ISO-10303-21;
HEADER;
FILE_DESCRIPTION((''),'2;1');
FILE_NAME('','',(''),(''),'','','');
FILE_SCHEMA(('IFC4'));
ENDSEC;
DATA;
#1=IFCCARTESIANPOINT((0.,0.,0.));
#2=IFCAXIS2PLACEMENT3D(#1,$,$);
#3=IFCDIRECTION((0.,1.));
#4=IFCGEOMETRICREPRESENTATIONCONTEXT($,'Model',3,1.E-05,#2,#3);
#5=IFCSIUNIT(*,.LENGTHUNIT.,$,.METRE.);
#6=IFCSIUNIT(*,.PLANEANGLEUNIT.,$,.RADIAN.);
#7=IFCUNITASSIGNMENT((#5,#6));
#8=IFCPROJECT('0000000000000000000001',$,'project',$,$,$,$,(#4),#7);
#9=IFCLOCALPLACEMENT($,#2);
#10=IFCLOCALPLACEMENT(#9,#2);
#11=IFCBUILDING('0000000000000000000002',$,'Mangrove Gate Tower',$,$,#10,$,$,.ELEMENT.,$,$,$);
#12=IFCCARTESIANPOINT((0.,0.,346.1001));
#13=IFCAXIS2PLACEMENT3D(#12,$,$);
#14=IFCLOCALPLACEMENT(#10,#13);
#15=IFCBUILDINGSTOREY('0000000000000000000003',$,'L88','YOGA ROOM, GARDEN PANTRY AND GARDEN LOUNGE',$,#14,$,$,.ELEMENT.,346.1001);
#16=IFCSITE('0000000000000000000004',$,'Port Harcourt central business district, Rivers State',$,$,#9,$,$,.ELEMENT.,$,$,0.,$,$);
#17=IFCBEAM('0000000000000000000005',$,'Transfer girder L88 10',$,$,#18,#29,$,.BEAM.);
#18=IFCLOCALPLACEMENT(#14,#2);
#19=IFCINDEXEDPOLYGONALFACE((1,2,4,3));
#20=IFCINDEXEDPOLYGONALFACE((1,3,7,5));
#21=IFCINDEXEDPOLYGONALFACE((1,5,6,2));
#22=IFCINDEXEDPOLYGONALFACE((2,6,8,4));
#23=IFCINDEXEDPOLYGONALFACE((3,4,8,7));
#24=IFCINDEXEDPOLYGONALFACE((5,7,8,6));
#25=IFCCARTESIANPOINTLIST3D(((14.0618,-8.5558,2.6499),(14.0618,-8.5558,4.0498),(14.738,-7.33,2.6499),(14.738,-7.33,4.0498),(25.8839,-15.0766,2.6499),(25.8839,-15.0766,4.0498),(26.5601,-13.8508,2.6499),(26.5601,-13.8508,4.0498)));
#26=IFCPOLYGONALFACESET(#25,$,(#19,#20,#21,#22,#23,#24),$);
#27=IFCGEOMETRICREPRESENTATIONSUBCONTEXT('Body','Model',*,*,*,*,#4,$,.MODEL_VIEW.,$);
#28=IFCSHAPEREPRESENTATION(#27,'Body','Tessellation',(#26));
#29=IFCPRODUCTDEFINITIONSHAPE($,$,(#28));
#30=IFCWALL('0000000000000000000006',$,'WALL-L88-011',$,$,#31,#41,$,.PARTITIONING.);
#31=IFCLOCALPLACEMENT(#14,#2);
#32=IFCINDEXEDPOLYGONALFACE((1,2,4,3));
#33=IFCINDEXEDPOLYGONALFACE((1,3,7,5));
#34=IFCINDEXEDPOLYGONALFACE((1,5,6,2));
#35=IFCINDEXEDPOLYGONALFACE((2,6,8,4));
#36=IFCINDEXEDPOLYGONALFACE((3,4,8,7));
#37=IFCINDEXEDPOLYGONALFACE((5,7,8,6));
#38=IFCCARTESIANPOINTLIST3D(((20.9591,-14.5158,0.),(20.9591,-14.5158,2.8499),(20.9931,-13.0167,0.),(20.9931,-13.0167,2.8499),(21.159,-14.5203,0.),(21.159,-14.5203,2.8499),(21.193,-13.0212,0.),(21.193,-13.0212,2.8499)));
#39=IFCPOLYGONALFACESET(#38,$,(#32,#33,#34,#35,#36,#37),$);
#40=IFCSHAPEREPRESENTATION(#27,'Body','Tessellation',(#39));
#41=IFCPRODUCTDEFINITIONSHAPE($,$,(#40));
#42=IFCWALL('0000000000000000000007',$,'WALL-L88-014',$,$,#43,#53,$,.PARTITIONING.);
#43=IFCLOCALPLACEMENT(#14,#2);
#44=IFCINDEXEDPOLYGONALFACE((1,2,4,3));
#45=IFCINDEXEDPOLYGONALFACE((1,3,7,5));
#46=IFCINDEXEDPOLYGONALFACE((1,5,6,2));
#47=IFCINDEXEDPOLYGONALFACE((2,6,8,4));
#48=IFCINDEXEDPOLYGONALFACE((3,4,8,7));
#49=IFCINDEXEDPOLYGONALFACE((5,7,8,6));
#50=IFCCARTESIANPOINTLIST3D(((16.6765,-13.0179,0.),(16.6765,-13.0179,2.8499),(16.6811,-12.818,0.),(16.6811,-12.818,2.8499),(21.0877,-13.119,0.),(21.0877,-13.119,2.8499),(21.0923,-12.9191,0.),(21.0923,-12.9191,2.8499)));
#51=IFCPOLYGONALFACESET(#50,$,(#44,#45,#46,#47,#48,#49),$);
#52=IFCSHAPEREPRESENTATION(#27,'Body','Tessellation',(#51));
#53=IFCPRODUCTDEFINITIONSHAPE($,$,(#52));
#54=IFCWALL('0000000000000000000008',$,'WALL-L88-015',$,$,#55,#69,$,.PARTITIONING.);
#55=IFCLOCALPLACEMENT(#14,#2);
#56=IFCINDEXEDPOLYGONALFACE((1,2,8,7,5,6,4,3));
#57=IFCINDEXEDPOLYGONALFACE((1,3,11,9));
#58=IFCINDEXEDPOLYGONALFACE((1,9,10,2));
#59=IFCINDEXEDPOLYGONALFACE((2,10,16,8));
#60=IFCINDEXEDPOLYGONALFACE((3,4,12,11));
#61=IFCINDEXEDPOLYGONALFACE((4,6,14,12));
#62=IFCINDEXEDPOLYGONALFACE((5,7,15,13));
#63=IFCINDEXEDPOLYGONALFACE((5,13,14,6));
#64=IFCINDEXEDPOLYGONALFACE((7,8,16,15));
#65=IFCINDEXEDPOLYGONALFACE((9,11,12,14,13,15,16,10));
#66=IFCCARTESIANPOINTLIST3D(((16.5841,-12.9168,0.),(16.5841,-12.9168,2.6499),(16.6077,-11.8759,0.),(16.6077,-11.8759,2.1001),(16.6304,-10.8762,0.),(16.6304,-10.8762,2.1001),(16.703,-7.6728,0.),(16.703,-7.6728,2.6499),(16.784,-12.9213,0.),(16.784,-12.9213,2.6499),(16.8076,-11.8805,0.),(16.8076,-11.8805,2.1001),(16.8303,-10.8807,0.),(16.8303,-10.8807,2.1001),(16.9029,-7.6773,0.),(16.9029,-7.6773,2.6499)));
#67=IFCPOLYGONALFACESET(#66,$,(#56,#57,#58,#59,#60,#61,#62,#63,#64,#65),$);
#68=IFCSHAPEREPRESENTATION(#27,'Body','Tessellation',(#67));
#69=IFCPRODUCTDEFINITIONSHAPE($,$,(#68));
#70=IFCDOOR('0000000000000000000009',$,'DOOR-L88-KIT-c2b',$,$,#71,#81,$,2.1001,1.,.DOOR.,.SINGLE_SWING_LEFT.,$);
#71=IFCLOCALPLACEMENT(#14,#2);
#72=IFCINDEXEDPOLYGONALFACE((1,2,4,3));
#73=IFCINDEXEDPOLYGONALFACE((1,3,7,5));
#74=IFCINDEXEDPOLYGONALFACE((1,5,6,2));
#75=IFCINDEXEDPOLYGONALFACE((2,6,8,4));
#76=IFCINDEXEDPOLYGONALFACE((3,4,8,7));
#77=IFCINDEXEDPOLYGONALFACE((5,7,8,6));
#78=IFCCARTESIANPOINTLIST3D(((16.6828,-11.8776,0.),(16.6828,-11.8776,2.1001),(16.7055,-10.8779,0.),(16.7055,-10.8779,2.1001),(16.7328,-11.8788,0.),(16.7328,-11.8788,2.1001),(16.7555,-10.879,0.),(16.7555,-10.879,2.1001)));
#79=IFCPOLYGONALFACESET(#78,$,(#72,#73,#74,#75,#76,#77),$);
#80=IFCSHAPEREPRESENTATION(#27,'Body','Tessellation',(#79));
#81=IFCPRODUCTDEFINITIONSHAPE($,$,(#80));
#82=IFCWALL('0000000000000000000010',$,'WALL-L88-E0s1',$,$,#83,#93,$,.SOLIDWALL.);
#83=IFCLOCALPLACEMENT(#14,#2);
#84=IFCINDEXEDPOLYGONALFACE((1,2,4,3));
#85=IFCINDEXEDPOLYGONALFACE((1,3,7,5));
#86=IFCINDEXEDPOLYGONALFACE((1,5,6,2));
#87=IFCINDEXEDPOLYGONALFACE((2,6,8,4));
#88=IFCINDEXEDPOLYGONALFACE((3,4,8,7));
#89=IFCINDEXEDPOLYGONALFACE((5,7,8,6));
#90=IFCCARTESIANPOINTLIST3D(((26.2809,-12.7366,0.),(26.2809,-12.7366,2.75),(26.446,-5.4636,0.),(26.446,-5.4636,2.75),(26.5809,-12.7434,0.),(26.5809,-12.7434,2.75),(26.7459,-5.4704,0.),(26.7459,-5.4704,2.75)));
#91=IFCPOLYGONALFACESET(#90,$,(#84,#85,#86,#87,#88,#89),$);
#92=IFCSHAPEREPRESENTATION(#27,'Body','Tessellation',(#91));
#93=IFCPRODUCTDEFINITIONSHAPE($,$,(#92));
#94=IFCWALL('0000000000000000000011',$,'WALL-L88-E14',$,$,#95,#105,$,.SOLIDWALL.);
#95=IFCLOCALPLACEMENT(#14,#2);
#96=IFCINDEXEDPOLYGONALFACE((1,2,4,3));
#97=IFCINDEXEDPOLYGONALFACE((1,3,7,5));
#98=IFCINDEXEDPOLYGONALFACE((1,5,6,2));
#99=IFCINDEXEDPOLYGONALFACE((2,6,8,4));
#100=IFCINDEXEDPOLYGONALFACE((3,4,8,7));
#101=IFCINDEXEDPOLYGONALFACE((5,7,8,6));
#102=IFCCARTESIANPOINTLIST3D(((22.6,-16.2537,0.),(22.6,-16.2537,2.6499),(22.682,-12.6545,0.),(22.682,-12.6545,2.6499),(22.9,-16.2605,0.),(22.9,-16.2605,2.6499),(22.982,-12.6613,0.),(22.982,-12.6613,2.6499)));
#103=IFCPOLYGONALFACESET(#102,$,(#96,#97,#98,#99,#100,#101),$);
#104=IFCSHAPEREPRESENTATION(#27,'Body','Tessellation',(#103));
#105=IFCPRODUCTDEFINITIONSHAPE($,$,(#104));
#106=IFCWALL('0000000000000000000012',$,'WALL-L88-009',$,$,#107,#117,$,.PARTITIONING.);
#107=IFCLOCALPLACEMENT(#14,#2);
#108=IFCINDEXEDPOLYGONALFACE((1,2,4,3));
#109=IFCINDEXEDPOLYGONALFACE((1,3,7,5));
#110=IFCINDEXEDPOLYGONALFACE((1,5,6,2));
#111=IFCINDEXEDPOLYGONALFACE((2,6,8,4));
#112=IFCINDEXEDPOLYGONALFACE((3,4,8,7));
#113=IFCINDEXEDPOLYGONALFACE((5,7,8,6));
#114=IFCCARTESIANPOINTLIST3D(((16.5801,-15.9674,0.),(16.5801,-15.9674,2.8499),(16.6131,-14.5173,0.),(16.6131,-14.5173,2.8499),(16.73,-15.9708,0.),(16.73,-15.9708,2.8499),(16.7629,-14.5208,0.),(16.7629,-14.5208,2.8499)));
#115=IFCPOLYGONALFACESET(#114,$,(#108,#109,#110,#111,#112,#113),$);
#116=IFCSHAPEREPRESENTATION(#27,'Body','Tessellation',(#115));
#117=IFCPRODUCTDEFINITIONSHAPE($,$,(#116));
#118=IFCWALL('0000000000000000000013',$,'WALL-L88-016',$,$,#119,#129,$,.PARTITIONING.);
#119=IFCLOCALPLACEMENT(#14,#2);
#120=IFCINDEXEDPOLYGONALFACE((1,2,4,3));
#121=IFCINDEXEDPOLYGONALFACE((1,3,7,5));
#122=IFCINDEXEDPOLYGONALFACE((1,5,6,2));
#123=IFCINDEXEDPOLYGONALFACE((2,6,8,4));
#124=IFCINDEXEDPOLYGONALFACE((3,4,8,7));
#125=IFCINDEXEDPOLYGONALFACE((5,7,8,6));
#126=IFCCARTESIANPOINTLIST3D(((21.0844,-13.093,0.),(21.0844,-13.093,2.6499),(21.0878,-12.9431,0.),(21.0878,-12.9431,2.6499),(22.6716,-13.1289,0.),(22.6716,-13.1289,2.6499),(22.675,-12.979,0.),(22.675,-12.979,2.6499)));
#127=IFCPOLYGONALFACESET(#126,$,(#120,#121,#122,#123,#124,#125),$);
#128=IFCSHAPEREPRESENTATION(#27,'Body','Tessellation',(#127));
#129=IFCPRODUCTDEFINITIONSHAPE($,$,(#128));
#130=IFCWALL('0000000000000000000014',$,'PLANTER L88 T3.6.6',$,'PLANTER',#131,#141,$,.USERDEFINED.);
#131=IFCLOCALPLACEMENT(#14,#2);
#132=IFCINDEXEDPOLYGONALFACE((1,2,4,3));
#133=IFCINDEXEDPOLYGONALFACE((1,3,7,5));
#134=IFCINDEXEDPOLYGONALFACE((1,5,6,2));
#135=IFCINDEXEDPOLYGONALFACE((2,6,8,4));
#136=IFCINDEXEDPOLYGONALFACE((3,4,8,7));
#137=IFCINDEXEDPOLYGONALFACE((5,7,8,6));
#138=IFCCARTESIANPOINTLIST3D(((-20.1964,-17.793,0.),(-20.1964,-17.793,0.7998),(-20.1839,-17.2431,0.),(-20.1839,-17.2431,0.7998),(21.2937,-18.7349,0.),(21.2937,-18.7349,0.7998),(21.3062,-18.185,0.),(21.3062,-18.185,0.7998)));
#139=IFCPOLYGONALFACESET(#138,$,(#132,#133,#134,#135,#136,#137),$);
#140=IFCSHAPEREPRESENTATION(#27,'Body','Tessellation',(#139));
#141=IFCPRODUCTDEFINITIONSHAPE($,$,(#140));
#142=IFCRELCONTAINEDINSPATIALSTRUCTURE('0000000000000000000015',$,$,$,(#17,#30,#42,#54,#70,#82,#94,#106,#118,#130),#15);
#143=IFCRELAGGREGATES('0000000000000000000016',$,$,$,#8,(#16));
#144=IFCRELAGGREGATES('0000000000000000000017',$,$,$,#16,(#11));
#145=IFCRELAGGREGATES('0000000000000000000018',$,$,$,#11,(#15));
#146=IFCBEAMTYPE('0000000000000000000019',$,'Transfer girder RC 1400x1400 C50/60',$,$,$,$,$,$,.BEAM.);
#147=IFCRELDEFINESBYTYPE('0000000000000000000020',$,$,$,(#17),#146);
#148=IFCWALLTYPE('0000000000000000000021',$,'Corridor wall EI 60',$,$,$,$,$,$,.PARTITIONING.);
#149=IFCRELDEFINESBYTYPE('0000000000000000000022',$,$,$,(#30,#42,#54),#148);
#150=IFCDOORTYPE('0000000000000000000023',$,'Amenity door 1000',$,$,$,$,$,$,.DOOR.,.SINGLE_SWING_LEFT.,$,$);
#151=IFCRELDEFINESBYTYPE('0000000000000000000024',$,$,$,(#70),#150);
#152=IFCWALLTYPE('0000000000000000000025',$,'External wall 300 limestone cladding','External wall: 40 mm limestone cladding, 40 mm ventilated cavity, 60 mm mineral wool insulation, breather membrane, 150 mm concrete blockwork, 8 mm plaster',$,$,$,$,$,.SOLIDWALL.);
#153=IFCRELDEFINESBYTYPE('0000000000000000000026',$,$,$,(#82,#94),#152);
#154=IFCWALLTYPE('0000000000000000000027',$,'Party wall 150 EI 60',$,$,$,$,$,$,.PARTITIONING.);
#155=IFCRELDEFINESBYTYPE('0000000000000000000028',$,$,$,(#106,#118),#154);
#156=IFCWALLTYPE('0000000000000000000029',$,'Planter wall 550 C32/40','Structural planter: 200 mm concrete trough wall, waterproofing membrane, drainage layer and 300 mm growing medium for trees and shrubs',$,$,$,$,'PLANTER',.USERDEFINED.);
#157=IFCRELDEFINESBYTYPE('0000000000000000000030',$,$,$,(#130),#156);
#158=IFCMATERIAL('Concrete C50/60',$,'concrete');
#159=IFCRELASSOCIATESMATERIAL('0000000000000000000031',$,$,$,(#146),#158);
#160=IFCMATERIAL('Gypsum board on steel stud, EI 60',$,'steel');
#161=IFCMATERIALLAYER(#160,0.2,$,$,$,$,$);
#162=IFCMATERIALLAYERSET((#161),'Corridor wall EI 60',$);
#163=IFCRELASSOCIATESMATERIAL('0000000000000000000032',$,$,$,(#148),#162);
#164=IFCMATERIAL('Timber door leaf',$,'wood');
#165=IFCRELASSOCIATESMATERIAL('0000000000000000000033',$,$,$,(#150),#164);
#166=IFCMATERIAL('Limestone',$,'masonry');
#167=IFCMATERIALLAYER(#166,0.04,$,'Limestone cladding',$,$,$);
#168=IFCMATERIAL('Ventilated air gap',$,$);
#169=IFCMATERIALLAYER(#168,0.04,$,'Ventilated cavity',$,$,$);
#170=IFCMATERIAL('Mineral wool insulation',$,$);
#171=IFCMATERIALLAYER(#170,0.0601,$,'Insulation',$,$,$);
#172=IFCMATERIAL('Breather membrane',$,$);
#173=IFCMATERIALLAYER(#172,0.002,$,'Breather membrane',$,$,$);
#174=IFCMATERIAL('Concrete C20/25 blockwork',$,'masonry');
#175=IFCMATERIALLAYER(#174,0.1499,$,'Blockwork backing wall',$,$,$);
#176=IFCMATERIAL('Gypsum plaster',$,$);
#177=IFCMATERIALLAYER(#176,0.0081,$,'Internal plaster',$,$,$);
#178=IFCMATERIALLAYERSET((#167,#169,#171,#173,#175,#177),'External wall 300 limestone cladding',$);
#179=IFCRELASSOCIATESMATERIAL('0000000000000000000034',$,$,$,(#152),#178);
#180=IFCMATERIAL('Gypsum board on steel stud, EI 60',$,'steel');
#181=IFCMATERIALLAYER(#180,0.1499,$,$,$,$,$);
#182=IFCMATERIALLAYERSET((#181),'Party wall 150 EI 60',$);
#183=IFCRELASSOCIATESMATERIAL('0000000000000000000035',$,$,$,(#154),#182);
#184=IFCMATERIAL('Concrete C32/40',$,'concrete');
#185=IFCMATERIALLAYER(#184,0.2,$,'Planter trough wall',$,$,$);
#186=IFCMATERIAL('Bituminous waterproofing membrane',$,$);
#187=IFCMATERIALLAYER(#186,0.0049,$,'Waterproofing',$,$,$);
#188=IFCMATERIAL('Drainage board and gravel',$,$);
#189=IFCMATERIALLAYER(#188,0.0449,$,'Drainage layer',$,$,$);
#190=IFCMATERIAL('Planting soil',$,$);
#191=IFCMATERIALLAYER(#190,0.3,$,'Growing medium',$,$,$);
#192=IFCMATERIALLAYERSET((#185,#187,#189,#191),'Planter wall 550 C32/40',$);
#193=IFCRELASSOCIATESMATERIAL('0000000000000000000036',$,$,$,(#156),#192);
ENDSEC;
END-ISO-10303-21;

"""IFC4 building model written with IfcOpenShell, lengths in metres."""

from ifc_helpers import new_model, si_unit, direction, frame, frame_2d, origin, origin_2d, place, context, subcontext, project, spatial, rectangle, extrude, material, layer, layer_set, material_profile, profile_set, type_object, element, fill, save


model = new_model("IFC4")

# Units and contexts
model_context = context("Model", 3, precision=1e-05, world=origin(), true_north=direction((0.0, 1.0)))
body_context = subcontext(model_context, "Body", "Model", "MODEL_VIEW")
ifc_project = project(units=[si_unit("LENGTHUNIT", "METRE"), si_unit("PLANEANGLEUNIT", "RADIAN")], contexts=[model_context])

# Site, building, storey
site_placement = place(None, origin())
site = spatial("IfcSite", under=ifc_project, at=site_placement, Name="Port Harcourt central business district, Rivers State", CompositionType="ELEMENT", RefElevation=0.0)
building_placement = place(site_placement, origin())
building = spatial("IfcBuilding", under=site, at=building_placement, Name="Mangrove Gate Tower", CompositionType="ELEMENT")
storey_placement = place(building_placement, frame((0.0, 0.0, 346.1001)))
storey = spatial("IfcBuildingStorey", under=building, at=storey_placement, Name="L88", Description="YOGA ROOM, GARDEN PANTRY AND GARDEN LOUNGE", CompositionType="ELEMENT", Elevation=346.1001)

# Beam
ifc_material_1 = material(Name="Concrete C50/60", Category="concrete")
ifc_material_profile_1 = material_profile(ifc_material_1, rectangle(XDim=1.3999, YDim=1.3999, at=origin_2d()))
ifc_profile_set_1 = profile_set([ifc_material_profile_1], Name="Concrete C50/60")
beam_type_1 = type_object("IfcBeamType", Name="Transfer girder RC 1400x1400 C50/60", PredefinedType="BEAM", material=ifc_profile_set_1)
beam_1_placement = place(storey_placement, frame((14.3999, -7.9429, 3.3499), z_axis=(0.875632, -0.482978, 0.0), x_axis=(0.482978, 0.875632, 0.0)))
element("IfcBeam", 1, at=beam_1_placement, inside=storey, type_object=beam_type_1, Name="Transfer girder L88 10", PredefinedType="BEAM", context=body_context, shape_type="SweptSolid", body=[
    extrude(rectangle(XDim=1.3999, YDim=1.3999, at=origin_2d()), origin(), (0.0, 0.0, 1.0), 13.5012),
])

# Walls
ifc_material_2 = material(Name="Gypsum board on steel stud, EI 60", Category="steel")
ifc_layer_1 = layer(ifc_material_2, 0.2)
ifc_layer_set_1 = layer_set([ifc_layer_1], Name="Corridor wall EI 60")
wall_type_1 = type_object("IfcWallType", Name="Corridor wall EI 60", PredefinedType="PARTITIONING", material=ifc_layer_set_1)
wall_1_placement = place(storey_placement, frame((21.0591, -14.5181, 0.0), z_axis=(0.0, 0.0, 1.0), x_axis=(0.022633, 0.999744, 0.0)))
element("IfcWall", 2, at=wall_1_placement, inside=storey, type_object=wall_type_1, Name="WALL-L88-011", PredefinedType="PARTITIONING", context=body_context, shape_type="SweptSolid", body=[
    extrude(rectangle(XDim=1.4995, YDim=0.2, at=frame_2d((0.7498, 0.0))), origin(), (0.0, 0.0, 1.0), 2.8499),
])
wall_2_placement = place(storey_placement, frame((16.679, -12.918, 0.0), z_axis=(0.0, 0.0, 1.0), x_axis=(0.999738, -0.022907, 0.0)))
element("IfcWall", 3, at=wall_2_placement, inside=storey, type_object=wall_type_1, Name="WALL-L88-014", PredefinedType="PARTITIONING", context=body_context, shape_type="SweptSolid", body=[
    extrude(rectangle(XDim=4.4124, YDim=0.2, at=frame_2d((2.2061, 0.0))), origin(), (0.0, 0.0, 1.0), 2.8499),
])

# Wall, opening, door
wall_3_placement = place(storey_placement, frame((16.6841, -12.9189, 0.0), z_axis=(0.0, 0.0, 1.0), x_axis=(0.022667, 0.999743, 0.0)))
wall_3 = element("IfcWall", 4, at=wall_3_placement, inside=storey, type_object=wall_type_1, Name="WALL-L88-015", PredefinedType="PARTITIONING", context=body_context, shape_type="SweptSolid", body=[
    extrude(rectangle(XDim=5.2454, YDim=0.2, at=frame_2d((2.6226, 0.0))), origin(), (0.0, 0.0, 1.0), 2.6499),
])
opening_1_placement = place(wall_3_placement, frame((1.041, 0.0, 0.0)))
opening_1 = element("IfcOpeningElement", 5, at=opening_1_placement, cuts=wall_3, PredefinedType="OPENING", context=body_context, shape_type="SweptSolid", body=[
    extrude(rectangle(XDim=1.0, YDim=2.1001, at=frame_2d((0.5, 1.05))), frame((0.0, 0.1099, 0.0), z_axis=(0.0, -1.0, 0.0), x_axis=(1.0, 0.0, 0.0)), (0.0, 0.0, 1.0), 0.22),
])
ifc_material_3 = material(Name="Timber door leaf", Category="wood")
door_type_1 = type_object("IfcDoorType", Name="Amenity door 1000", OperationType="SINGLE_SWING_LEFT", PredefinedType="DOOR", material=ifc_material_3)
door_1_placement = place(opening_1_placement, origin())
door_1 = element("IfcDoor", 6, at=door_1_placement, inside=storey, type_object=door_type_1, Name="DOOR-L88-KIT-c2b", OperationType="SINGLE_SWING_LEFT", OverallHeight=2.1001, OverallWidth=1.0, PredefinedType="DOOR", context=body_context, shape_type="SweptSolid", body=[
    extrude(rectangle(XDim=1.0, YDim=2.1001, at=frame_2d((0.5, 1.05))), frame((0.0, 0.0249, 0.0), z_axis=(0.0, -1.0, 0.0), x_axis=(1.0, 0.0, 0.0)), (0.0, 0.0, 1.0), 0.05),
])
fill(opening_1, door_1)

# Walls
ifc_material_4 = material(Name="Limestone", Category="masonry")
ifc_layer_2 = layer(ifc_material_4, 0.04, Name="Limestone cladding")
ifc_material_5 = material(Name="Ventilated air gap")
ifc_layer_3 = layer(ifc_material_5, 0.04, Name="Ventilated cavity")
ifc_material_6 = material(Name="Mineral wool insulation")
ifc_layer_4 = layer(ifc_material_6, 0.0601, Name="Insulation")
ifc_material_7 = material(Name="Breather membrane")
ifc_layer_5 = layer(ifc_material_7, 0.002, Name="Breather membrane")
ifc_material_8 = material(Name="Concrete C20/25 blockwork", Category="masonry")
ifc_layer_6 = layer(ifc_material_8, 0.1499, Name="Blockwork backing wall")
ifc_material_9 = material(Name="Gypsum plaster")
ifc_layer_7 = layer(ifc_material_9, 0.0081, Name="Internal plaster")
ifc_layer_set_2 = layer_set([ifc_layer_2, ifc_layer_3, ifc_layer_4, ifc_layer_5, ifc_layer_6, ifc_layer_7], Name="External wall 300 limestone cladding")
wall_type_2 = type_object("IfcWallType", Name="External wall 300 limestone cladding", Description="External wall: 40 mm limestone cladding, 40 mm ventilated cavity, 60 mm mineral wool insulation, breather membrane, 150 mm concrete blockwork, 8 mm plaster", PredefinedType="SOLIDWALL", material=ifc_layer_set_2)
wall_4_placement = place(storey_placement, frame((26.4309, -12.74, 0.0), z_axis=(0.0, 0.0, 1.0), x_axis=(0.022686, 0.999743, 0.0)))
element("IfcWall", 7, at=wall_4_placement, inside=storey, type_object=wall_type_2, Name="WALL-L88-E0s1", PredefinedType="SOLIDWALL", context=body_context, shape_type="SweptSolid", body=[
    extrude(rectangle(XDim=7.2749, YDim=0.3, at=frame_2d((3.6375, 0.0))), origin(), (0.0, 0.0, 1.0), 2.75),
])
wall_5_placement = place(storey_placement, frame((22.75, -16.2571, 0.0), z_axis=(0.0, 0.0, 1.0), x_axis=(0.022786, 0.99974, 0.0)))
element("IfcWall", 8, at=wall_5_placement, inside=storey, type_object=wall_type_2, Name="WALL-L88-E14", PredefinedType="SOLIDWALL", context=body_context, shape_type="SweptSolid", body=[
    extrude(rectangle(XDim=3.6001, YDim=0.3, at=frame_2d((1.8, 0.0))), origin(), (0.0, 0.0, 1.0), 2.6499),
])

# Walls
ifc_material_10 = material(Name="Gypsum board on steel stud, EI 60", Category="steel")
ifc_layer_8 = layer(ifc_material_10, 0.1499)
ifc_layer_set_3 = layer_set([ifc_layer_8], Name="Party wall 150 EI 60")
wall_type_3 = type_object("IfcWallType", Name="Party wall 150 EI 60", PredefinedType="PARTITIONING", material=ifc_layer_set_3)
wall_6_placement = place(storey_placement, frame((16.655, -15.969, 0.0), z_axis=(0.0, 0.0, 1.0), x_axis=(0.022725, 0.999742, 0.0)))
element("IfcWall", 9, at=wall_6_placement, inside=storey, type_object=wall_type_3, Name="WALL-L88-009", PredefinedType="PARTITIONING", context=body_context, shape_type="SweptSolid", body=[
    extrude(rectangle(XDim=1.4504, YDim=0.1499, at=frame_2d((0.7251, 0.0))), origin(), (0.0, 0.0, 1.0), 2.8499),
])
wall_7_placement = place(storey_placement, frame((21.0859, -13.0181, 0.0), z_axis=(0.0, 0.0, 1.0), x_axis=(0.999744, -0.022606, 0.0)))
element("IfcWall", 10, at=wall_7_placement, inside=storey, type_object=wall_type_3, Name="WALL-L88-016", PredefinedType="PARTITIONING", context=body_context, shape_type="SweptSolid", body=[
    extrude(rectangle(XDim=1.5876, YDim=0.1499, at=frame_2d((0.7939, 0.0))), origin(), (0.0, 0.0, 1.0), 2.6499),
])
ifc_material_11 = material(Name="Concrete C32/40", Category="concrete")
ifc_layer_9 = layer(ifc_material_11, 0.2, Name="Planter trough wall")
ifc_material_12 = material(Name="Bituminous waterproofing membrane")
ifc_layer_10 = layer(ifc_material_12, 0.0049, Name="Waterproofing")
ifc_material_13 = material(Name="Drainage board and gravel")
ifc_layer_11 = layer(ifc_material_13, 0.0449, Name="Drainage layer")
ifc_material_14 = material(Name="Planting soil")
ifc_layer_12 = layer(ifc_material_14, 0.3, Name="Growing medium")
ifc_layer_set_4 = layer_set([ifc_layer_9, ifc_layer_10, ifc_layer_11, ifc_layer_12], Name="Planter wall 550 C32/40")
wall_type_4 = type_object("IfcWallType", Name="Planter wall 550 C32/40", Description="Structural planter: 200 mm concrete trough wall, waterproofing membrane, drainage layer and 300 mm growing medium for trees and shrubs", ElementType="PLANTER", PredefinedType="USERDEFINED", material=ifc_layer_set_4)
wall_8_placement = place(storey_placement, frame((21.3, -18.46, 0.0), z_axis=(0.0, 0.0, 1.0), x_axis=(-0.999742, 0.022696, 0.0)))
element("IfcWall", 11, at=wall_8_placement, inside=storey, type_object=wall_type_4, Name="PLANTER L88 T3.6.6", ObjectType="PLANTER", PredefinedType="USERDEFINED", context=body_context, shape_type="SweptSolid", body=[
    extrude(rectangle(XDim=41.5007, YDim=0.55, at=frame_2d((20.7505, 0.0))), origin(), (0.0, 0.0, 1.0), 0.7998),
])

save(model, "model.ifc")
